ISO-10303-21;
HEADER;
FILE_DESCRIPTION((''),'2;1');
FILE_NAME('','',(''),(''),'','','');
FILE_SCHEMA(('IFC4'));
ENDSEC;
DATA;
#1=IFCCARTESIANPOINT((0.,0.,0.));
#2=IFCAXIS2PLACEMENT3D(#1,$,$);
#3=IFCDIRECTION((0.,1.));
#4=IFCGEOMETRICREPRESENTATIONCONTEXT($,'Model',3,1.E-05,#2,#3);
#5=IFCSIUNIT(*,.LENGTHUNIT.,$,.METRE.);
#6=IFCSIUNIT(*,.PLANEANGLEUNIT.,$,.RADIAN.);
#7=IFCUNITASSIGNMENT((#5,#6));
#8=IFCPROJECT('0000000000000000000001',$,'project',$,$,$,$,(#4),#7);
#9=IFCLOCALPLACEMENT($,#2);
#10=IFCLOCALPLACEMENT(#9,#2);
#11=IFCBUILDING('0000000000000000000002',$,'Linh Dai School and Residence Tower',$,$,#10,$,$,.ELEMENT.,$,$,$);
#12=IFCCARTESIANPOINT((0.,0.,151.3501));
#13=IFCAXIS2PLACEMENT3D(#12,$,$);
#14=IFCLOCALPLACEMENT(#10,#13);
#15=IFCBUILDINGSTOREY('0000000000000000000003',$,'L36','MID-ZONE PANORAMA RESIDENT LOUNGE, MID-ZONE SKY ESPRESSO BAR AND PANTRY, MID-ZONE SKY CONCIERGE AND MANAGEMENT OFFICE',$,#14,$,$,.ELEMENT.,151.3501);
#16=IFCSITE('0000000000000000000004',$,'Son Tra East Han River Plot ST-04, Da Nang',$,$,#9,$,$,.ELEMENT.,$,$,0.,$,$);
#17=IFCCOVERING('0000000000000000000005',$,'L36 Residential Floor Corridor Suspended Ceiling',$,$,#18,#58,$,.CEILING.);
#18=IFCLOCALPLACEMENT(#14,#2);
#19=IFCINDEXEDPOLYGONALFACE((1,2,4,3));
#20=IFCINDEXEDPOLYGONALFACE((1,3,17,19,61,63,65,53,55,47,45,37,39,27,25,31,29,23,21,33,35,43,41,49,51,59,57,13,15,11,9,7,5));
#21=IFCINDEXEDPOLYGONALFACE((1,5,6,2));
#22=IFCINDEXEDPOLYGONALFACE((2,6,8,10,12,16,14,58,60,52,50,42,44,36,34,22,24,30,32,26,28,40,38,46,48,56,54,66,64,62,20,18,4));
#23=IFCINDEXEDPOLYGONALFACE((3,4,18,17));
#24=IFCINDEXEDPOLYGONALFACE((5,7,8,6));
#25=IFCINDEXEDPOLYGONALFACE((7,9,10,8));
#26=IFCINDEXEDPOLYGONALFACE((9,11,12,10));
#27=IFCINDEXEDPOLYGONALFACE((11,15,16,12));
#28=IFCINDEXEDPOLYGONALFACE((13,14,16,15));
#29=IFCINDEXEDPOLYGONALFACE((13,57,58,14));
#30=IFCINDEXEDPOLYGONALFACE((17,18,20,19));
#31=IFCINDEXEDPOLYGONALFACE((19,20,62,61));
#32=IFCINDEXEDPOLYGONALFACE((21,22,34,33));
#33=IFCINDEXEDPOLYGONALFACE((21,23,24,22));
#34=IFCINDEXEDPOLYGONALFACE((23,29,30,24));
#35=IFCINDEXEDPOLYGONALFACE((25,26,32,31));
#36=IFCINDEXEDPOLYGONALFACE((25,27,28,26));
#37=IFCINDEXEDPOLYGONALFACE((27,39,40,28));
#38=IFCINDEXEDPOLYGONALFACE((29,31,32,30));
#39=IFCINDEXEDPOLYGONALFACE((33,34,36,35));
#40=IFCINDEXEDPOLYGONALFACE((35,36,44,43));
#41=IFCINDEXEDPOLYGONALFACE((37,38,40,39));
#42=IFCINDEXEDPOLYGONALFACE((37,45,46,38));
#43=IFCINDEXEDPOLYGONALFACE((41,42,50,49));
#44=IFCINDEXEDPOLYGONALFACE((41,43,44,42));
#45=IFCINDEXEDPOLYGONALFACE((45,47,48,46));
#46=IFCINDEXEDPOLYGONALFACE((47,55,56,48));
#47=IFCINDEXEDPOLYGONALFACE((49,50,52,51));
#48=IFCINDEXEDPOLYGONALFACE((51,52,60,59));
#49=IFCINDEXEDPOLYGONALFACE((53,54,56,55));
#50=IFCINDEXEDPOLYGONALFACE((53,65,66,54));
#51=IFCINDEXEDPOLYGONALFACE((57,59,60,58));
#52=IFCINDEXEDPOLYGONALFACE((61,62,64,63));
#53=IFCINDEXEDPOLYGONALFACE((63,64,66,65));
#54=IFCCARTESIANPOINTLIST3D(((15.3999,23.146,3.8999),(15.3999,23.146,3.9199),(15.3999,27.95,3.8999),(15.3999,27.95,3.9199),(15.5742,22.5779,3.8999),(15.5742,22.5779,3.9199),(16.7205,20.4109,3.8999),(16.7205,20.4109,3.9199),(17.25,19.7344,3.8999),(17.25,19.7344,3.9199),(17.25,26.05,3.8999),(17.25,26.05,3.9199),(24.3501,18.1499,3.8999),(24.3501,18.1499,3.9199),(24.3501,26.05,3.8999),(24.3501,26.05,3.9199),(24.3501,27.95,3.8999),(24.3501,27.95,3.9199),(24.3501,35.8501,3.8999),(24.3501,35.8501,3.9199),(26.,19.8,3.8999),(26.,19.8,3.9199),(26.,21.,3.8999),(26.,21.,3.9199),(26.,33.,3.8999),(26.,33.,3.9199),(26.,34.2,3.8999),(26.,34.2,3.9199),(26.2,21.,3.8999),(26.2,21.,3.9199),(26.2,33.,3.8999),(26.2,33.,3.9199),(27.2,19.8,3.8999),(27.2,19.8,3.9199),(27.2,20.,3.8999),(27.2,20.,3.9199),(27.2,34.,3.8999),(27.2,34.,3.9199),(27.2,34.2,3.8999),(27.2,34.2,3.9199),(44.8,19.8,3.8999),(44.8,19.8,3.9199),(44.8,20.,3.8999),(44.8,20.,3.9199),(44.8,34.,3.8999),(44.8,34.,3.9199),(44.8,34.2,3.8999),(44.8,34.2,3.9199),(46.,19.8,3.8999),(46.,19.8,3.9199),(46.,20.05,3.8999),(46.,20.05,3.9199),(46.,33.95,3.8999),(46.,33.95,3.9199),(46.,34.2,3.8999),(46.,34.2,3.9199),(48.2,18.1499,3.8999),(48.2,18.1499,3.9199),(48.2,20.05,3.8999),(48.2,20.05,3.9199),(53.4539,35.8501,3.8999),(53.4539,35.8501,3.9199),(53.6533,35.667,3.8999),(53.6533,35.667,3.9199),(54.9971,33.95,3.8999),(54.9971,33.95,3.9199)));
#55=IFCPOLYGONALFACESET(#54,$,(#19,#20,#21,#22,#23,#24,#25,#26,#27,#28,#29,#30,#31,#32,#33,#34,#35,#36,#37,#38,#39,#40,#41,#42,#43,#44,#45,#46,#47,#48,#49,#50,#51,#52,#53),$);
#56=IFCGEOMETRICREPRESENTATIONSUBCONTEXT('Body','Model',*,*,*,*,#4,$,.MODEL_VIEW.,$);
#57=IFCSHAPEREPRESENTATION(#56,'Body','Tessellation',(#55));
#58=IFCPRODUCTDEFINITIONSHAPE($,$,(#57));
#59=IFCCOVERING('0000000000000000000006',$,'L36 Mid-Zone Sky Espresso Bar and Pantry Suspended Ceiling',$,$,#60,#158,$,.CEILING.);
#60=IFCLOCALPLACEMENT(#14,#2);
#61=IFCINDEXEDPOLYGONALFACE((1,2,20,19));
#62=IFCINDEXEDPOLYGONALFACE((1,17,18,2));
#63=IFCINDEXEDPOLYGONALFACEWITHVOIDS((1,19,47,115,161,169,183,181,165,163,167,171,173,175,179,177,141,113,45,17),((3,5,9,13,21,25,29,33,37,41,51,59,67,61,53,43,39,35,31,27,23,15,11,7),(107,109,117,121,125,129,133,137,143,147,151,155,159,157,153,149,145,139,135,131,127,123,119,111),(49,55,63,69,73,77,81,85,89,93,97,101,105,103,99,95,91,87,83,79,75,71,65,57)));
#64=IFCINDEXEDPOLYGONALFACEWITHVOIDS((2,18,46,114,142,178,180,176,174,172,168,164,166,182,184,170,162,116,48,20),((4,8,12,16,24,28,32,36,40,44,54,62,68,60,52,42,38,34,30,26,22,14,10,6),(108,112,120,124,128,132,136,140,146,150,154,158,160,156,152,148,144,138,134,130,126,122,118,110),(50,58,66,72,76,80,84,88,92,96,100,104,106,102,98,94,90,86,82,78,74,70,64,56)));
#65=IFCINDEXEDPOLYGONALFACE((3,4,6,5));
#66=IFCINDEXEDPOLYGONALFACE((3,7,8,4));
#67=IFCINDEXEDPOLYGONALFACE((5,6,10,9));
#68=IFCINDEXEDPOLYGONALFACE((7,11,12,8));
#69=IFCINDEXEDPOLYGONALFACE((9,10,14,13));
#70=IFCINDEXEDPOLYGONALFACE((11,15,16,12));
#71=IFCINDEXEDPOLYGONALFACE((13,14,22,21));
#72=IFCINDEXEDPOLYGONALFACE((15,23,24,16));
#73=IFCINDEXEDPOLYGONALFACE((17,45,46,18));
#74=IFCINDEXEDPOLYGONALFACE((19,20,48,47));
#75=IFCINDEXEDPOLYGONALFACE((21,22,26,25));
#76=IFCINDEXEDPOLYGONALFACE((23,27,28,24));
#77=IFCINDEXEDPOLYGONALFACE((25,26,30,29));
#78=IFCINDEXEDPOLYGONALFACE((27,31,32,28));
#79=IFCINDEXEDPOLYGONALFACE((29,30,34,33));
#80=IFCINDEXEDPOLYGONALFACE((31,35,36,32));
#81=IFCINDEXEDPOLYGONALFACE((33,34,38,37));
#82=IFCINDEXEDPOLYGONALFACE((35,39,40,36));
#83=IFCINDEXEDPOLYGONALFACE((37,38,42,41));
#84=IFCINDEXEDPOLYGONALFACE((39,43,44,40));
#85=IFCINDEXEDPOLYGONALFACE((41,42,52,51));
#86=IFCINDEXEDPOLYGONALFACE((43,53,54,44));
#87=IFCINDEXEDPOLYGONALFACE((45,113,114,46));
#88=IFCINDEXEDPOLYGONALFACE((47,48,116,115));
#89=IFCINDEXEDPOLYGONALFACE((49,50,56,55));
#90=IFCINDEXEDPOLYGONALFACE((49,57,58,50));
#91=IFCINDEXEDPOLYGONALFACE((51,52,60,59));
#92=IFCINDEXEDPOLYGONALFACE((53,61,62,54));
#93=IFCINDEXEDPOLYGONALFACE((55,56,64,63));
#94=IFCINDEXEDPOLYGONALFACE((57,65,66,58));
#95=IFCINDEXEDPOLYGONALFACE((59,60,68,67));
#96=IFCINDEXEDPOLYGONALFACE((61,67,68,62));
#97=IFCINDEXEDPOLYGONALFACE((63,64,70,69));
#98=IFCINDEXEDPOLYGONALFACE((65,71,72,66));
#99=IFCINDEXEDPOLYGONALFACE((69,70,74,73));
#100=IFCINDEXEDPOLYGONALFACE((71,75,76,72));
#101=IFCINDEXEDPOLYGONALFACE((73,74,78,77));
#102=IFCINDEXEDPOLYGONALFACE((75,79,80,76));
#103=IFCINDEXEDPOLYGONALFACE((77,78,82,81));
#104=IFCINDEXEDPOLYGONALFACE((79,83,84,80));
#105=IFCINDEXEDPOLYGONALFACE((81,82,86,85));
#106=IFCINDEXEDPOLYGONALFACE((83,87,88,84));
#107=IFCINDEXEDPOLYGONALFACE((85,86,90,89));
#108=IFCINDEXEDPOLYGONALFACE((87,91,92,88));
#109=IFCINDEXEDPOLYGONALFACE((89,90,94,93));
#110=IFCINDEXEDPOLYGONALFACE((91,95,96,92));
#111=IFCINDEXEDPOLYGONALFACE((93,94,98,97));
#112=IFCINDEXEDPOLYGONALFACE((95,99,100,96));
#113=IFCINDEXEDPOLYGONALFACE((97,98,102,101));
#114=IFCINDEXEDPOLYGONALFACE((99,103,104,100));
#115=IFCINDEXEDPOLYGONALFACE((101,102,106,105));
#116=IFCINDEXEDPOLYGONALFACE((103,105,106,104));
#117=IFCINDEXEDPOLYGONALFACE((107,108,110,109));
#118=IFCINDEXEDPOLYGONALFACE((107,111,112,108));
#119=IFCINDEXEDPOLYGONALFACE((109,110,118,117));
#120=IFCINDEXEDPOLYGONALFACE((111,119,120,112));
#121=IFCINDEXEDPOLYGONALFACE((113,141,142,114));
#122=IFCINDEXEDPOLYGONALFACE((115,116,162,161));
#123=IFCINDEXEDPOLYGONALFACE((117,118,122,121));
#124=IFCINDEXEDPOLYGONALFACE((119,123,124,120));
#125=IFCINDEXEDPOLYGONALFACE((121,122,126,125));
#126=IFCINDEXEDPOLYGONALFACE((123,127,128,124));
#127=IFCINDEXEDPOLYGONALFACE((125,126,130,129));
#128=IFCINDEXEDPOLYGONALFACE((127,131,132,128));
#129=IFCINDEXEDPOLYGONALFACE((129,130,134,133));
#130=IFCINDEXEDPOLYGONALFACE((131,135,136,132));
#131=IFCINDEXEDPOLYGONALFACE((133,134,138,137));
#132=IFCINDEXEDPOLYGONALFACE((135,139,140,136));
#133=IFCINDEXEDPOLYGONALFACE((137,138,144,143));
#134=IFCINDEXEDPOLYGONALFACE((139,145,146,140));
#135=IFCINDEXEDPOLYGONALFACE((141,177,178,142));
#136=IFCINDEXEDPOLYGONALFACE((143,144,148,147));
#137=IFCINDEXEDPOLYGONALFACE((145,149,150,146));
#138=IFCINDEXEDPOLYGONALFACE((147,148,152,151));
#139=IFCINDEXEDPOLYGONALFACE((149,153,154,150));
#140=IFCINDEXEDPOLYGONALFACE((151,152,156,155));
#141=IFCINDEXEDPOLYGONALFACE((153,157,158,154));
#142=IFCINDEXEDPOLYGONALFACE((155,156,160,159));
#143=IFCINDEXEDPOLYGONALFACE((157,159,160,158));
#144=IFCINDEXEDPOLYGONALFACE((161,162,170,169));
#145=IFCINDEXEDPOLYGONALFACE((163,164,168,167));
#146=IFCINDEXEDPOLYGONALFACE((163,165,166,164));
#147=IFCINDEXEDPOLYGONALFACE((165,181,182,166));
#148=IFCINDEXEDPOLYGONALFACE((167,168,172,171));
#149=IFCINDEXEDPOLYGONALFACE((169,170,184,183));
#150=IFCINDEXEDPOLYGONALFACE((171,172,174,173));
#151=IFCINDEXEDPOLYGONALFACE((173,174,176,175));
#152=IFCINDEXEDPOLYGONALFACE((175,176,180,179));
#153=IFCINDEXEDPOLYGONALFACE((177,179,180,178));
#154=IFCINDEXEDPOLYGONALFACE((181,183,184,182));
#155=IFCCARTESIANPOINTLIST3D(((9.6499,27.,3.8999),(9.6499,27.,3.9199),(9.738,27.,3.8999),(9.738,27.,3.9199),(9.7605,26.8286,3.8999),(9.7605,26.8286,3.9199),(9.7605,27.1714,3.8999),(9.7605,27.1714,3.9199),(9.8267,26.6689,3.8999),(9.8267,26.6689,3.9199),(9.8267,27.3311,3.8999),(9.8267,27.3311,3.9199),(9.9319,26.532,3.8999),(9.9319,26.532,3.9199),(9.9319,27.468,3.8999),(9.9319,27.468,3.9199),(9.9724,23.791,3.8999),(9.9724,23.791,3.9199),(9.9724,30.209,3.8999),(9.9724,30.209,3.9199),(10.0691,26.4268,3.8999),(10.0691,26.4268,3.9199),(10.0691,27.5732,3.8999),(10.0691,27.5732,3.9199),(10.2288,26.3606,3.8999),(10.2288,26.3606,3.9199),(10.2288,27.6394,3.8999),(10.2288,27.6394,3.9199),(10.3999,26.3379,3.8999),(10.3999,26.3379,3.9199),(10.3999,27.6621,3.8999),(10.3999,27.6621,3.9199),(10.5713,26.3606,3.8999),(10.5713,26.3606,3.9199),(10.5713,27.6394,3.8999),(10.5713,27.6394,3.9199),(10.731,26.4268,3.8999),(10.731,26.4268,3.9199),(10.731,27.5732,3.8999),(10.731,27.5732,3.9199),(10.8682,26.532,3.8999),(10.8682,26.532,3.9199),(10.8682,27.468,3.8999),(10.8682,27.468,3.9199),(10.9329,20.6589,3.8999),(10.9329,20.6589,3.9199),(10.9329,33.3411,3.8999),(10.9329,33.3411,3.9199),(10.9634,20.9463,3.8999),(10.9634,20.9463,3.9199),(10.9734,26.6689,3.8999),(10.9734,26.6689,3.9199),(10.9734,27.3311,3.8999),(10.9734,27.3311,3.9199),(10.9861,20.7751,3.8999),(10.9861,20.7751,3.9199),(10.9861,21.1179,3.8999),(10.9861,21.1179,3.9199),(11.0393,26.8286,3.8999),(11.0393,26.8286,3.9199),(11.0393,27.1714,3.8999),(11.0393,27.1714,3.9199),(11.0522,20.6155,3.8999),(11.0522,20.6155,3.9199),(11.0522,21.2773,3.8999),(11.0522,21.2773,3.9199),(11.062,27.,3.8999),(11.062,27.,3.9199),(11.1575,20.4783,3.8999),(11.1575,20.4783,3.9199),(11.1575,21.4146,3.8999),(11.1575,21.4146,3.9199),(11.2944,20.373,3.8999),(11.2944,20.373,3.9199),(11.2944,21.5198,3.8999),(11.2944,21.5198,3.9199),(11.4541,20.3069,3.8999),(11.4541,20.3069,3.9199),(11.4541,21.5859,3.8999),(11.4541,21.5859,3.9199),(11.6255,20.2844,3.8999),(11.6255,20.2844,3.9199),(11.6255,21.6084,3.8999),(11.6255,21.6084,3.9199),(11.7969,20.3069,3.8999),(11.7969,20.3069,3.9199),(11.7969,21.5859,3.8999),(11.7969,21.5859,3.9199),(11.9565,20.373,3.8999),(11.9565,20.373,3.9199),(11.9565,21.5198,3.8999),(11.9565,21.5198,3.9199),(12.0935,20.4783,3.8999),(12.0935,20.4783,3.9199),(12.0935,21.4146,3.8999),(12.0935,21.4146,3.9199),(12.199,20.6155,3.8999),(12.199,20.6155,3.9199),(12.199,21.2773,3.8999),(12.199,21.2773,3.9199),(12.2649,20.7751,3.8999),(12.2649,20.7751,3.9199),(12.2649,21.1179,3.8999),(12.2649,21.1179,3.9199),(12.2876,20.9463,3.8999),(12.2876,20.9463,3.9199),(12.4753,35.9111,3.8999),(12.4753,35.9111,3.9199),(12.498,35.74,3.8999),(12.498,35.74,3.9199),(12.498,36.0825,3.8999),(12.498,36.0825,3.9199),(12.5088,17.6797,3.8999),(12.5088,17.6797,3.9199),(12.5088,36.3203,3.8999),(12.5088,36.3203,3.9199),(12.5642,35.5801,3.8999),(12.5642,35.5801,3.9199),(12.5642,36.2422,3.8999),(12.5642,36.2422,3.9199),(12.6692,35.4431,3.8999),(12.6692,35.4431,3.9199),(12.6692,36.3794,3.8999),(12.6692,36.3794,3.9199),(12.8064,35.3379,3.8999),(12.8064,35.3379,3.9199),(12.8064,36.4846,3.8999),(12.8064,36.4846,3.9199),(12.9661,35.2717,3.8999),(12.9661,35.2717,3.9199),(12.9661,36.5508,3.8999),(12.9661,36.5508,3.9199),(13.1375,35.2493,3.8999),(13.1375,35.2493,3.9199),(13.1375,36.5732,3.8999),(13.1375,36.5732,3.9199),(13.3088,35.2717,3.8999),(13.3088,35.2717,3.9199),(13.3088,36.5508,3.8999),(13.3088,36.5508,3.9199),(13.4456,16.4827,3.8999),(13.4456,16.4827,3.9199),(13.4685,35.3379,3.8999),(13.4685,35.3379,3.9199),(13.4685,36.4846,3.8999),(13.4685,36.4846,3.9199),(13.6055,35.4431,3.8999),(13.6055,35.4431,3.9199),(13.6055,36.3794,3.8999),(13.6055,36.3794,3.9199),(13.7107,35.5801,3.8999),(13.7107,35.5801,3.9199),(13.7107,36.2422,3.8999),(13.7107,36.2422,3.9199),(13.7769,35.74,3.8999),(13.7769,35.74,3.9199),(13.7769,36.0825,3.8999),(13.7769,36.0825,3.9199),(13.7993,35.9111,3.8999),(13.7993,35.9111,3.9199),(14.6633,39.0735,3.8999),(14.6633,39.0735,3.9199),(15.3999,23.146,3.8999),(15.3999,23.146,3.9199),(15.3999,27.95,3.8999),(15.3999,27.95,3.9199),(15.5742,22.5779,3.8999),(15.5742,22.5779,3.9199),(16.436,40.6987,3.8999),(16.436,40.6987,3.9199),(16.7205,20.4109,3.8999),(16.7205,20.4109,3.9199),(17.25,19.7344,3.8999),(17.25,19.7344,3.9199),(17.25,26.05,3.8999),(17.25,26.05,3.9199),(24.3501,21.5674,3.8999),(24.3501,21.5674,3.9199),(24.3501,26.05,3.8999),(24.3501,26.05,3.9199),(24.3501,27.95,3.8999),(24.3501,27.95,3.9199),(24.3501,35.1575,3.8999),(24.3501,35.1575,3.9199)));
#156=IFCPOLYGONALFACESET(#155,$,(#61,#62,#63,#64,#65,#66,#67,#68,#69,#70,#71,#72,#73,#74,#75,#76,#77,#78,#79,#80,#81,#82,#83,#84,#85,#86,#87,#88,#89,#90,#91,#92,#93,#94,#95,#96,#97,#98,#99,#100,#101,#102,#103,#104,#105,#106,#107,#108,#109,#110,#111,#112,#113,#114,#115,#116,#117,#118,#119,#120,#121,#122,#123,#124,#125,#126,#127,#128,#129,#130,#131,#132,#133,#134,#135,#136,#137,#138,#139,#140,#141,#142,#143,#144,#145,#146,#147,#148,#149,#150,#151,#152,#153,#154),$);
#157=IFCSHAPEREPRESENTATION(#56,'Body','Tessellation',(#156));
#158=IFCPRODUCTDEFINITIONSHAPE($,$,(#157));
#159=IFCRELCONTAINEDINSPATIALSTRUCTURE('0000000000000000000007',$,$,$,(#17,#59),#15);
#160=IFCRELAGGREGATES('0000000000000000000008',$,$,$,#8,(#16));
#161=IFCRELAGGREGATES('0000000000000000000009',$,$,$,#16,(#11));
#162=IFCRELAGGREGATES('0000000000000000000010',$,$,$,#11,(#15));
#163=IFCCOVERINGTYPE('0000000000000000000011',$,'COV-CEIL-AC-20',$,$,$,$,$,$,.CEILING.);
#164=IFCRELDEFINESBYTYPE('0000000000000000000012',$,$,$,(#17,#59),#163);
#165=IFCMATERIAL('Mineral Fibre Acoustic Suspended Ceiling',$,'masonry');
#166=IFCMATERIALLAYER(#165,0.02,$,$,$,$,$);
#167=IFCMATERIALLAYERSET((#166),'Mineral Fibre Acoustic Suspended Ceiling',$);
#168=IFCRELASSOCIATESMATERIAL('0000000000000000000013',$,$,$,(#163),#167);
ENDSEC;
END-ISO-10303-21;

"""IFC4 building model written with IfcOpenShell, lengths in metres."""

from ifc_helpers import new_model, si_unit, direction, frame, origin, place, context, subcontext, project, spatial, polyline, outline, extrude, material, layer, layer_set, type_object, element, save


model = new_model("IFC4")

# Units and contexts
model_context = context("Model", 3, precision=1e-05, world=origin(), true_north=direction((0.0, 1.0)))
body_context = subcontext(model_context, "Body", "Model", "MODEL_VIEW")
ifc_project = project(units=[si_unit("LENGTHUNIT", "METRE"), si_unit("PLANEANGLEUNIT", "RADIAN")], contexts=[model_context])

# Site, building, storey
site_placement = place(None, origin())
site = spatial("IfcSite", under=ifc_project, at=site_placement, Name="Son Tra East Han River Plot ST-04, Da Nang", CompositionType="ELEMENT", RefElevation=0.0)
building_placement = place(site_placement, origin())
building = spatial("IfcBuilding", under=site, at=building_placement, Name="Linh Dai School and Residence Tower", CompositionType="ELEMENT")
storey_placement = place(building_placement, frame((0.0, 0.0, 151.3501)))
storey = spatial("IfcBuildingStorey", under=building, at=storey_placement, Name="L36", Description="MID-ZONE PANORAMA RESIDENT LOUNGE, MID-ZONE SKY ESPRESSO BAR AND PANTRY, MID-ZONE SKY CONCIERGE AND MANAGEMENT OFFICE", CompositionType="ELEMENT", Elevation=151.3501)

# Coverings
ifc_material_1 = material(Name="Mineral Fibre Acoustic Suspended Ceiling", Category="masonry")
ifc_layer_1 = layer(ifc_material_1, 0.02)
ifc_layer_set_1 = layer_set([ifc_layer_1], Name="Mineral Fibre Acoustic Suspended Ceiling")
covering_type_1 = type_object("IfcCoveringType", Name="COV-CEIL-AC-20", PredefinedType="CEILING", material=ifc_layer_set_1)
covering_1_placement = place(storey_placement, frame((0.0, 0.0, 3.8999)))
element("IfcCovering", 1, at=covering_1_placement, inside=storey, type_object=covering_type_1, Name="L36 Residential Floor Corridor Suspended Ceiling", PredefinedType="CEILING", context=body_context, shape_type="SweptSolid", body=[
    extrude(outline(polyline([(17.25, 19.7344), (16.7205, 20.4109), (15.5742, 22.5779), (15.3999, 23.146), (15.3999, 27.95), (24.3501, 27.95), (24.3501, 35.8501), (53.4539, 35.8501), (53.6533, 35.667), (54.9971, 33.95), (46.0, 33.95), (46.0, 34.2), (44.8, 34.2), (44.8, 34.0), (27.2, 34.0), (27.2, 34.2), (26.0, 34.2), (26.0, 33.0), (26.2, 33.0), (26.2, 21.0), (26.0, 21.0), (26.0, 19.8), (27.2, 19.8), (27.2, 20.0), (44.8, 20.0), (44.8, 19.8), (46.0, 19.8), (46.0, 20.05), (48.2, 20.05), (48.2, 18.1499), (24.3501, 18.1499), (24.3501, 26.05), (17.25, 26.05), (17.25, 19.7344)])), origin(), (0.0, 0.0, 1.0), 0.02),
])
covering_2_placement = place(storey_placement, frame((0.0, 0.0, 3.8999)))
element("IfcCovering", 2, at=covering_2_placement, inside=storey, type_object=covering_type_1, Name="L36 Mid-Zone Sky Espresso Bar and Pantry Suspended Ceiling", PredefinedType="CEILING", context=body_context, shape_type="SweptSolid", body=[
    extrude(outline(polyline([(10.9329, 20.6589), (9.9724, 23.791), (9.6499, 27.0), (9.9724, 30.209), (10.9329, 33.3411), (12.5088, 36.3203), (14.6633, 39.0735), (16.436, 40.6987), (24.3501, 35.1575), (24.3501, 27.95), (15.3999, 27.95), (15.3999, 23.146), (15.5742, 22.5779), (16.7205, 20.4109), (17.25, 19.7344), (17.25, 26.05), (24.3501, 26.05), (24.3501, 21.5674), (13.4456, 16.4827), (12.5088, 17.6797), (10.9329, 20.6589)]), holes=[polyline([(13.7769, 35.74), (13.7993, 35.9111), (13.7769, 36.0825), (13.7107, 36.2422), (13.6055, 36.3794), (13.4685, 36.4846), (13.3088, 36.5508), (13.1375, 36.5732), (12.9661, 36.5508), (12.8064, 36.4846), (12.6692, 36.3794), (12.5642, 36.2422), (12.498, 36.0825), (12.4753, 35.9111), (12.498, 35.74), (12.5642, 35.5801), (12.6692, 35.4431), (12.8064, 35.3379), (12.9661, 35.2717), (13.1375, 35.2493), (13.3088, 35.2717), (13.4685, 35.3379), (13.6055, 35.4431), (13.7107, 35.5801), (13.7769, 35.74)]), polyline([(12.2649, 20.7751), (12.2876, 20.9463), (12.2649, 21.1179), (12.199, 21.2773), (12.0935, 21.4146), (11.9565, 21.5198), (11.7969, 21.5859), (11.6255, 21.6084), (11.4541, 21.5859), (11.2944, 21.5198), (11.1575, 21.4146), (11.0522, 21.2773), (10.9861, 21.1179), (10.9634, 20.9463), (10.9861, 20.7751), (11.0522, 20.6155), (11.1575, 20.4783), (11.2944, 20.373), (11.4541, 20.3069), (11.6255, 20.2844), (11.7969, 20.3069), (11.9565, 20.373), (12.0935, 20.4783), (12.199, 20.6155), (12.2649, 20.7751)]), polyline([(11.0393, 26.8286), (11.062, 27.0), (11.0393, 27.1714), (10.9734, 27.3311), (10.8682, 27.468), (10.731, 27.5732), (10.5713, 27.6394), (10.3999, 27.6621), (10.2288, 27.6394), (10.0691, 27.5732), (9.9319, 27.468), (9.8267, 27.3311), (9.7605, 27.1714), (9.738, 27.0), (9.7605, 26.8286), (9.8267, 26.6689), (9.9319, 26.532), (10.0691, 26.4268), (10.2288, 26.3606), (10.3999, 26.3379), (10.5713, 26.3606), (10.731, 26.4268), (10.8682, 26.532), (10.9734, 26.6689), (11.0393, 26.8286)])]), origin(), (0.0, 0.0, 1.0), 0.02),
])

save(model, "model.ifc")
